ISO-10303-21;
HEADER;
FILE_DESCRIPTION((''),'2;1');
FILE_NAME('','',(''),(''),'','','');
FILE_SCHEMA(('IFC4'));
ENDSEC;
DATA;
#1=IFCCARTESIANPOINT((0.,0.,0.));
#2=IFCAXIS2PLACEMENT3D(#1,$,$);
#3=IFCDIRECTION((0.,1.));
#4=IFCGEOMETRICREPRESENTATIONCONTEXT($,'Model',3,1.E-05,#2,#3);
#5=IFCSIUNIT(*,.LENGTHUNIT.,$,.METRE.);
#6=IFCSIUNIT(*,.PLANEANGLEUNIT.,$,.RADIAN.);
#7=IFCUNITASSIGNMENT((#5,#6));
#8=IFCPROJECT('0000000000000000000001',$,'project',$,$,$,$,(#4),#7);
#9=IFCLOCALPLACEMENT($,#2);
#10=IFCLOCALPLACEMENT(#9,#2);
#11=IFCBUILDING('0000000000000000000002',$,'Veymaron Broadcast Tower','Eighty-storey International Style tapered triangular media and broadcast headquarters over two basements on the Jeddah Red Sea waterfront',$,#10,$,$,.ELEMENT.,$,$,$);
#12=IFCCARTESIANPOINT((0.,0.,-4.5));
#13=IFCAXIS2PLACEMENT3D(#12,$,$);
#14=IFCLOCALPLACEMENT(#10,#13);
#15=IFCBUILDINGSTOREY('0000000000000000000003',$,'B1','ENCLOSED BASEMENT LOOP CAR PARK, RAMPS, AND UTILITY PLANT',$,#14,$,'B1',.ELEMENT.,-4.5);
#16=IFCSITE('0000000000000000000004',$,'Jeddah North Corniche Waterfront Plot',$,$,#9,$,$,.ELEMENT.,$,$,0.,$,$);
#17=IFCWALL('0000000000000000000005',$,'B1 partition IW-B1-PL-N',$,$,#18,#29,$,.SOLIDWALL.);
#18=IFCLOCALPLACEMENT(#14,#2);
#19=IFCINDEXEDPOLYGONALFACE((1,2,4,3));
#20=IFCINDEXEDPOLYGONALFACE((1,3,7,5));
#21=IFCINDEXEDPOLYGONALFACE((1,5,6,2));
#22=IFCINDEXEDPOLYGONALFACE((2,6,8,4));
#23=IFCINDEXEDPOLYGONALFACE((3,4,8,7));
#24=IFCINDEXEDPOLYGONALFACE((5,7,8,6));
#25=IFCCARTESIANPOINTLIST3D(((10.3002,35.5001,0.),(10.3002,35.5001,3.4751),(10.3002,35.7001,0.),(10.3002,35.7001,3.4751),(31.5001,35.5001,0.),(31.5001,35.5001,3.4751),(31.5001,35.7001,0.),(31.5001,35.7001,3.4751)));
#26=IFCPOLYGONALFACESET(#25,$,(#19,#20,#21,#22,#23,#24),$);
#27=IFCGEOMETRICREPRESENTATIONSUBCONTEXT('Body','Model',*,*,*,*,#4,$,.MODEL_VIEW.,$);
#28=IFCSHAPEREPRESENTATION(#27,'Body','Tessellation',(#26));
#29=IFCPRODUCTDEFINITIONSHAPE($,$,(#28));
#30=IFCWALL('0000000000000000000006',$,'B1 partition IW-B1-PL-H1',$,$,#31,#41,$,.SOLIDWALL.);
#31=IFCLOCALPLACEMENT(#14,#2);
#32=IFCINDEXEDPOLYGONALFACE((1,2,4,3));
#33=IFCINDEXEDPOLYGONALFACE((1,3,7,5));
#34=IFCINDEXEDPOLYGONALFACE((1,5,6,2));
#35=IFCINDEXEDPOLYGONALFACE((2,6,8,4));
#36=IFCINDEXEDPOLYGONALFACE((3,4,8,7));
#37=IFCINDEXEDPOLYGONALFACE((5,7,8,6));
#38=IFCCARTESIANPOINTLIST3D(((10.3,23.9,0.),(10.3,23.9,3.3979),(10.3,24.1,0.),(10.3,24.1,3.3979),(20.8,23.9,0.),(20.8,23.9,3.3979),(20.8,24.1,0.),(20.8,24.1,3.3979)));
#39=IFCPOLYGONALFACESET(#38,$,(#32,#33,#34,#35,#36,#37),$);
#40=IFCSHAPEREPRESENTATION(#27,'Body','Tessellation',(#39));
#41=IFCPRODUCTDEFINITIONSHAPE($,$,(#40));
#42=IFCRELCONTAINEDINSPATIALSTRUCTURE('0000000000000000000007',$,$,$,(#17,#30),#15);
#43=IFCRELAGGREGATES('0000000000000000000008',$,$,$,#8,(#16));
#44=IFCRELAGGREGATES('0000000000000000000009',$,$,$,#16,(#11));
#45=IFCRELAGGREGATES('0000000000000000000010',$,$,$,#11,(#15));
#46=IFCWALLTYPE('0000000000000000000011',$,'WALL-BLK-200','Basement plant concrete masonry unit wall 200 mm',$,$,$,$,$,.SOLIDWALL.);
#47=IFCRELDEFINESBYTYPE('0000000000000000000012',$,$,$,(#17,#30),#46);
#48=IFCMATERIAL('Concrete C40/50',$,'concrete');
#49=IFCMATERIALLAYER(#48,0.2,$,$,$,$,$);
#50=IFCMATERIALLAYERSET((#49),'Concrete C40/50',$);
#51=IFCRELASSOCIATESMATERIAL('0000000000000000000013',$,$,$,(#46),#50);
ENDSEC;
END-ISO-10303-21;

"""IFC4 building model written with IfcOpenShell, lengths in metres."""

from ifc_helpers import new_model, si_unit, direction, frame, frame_2d, origin, place, context, subcontext, project, spatial, rectangle, extrude, material, layer, layer_set, type_object, element, save


model = new_model("IFC4")

# Units and contexts
model_context = context("Model", 3, precision=1e-05, world=origin(), true_north=direction((0.0, 1.0)))
body_context = subcontext(model_context, "Body", "Model", "MODEL_VIEW")
ifc_project = project(units=[si_unit("LENGTHUNIT", "METRE"), si_unit("PLANEANGLEUNIT", "RADIAN")], contexts=[model_context])

# Site, building, storey
site_placement = place(None, origin())
site = spatial("IfcSite", under=ifc_project, at=site_placement, Name="Jeddah North Corniche Waterfront Plot", CompositionType="ELEMENT", RefElevation=0.0)
building_placement = place(site_placement, origin())
building = spatial("IfcBuilding", under=site, at=building_placement, Name="Veymaron Broadcast Tower", Description="Eighty-storey International Style tapered triangular media and broadcast headquarters over two basements on the Jeddah Red Sea waterfront", CompositionType="ELEMENT")
storey_placement = place(building_placement, frame((0.0, 0.0, -4.5)))
storey = spatial("IfcBuildingStorey", under=building, at=storey_placement, Name="B1", Description="ENCLOSED BASEMENT LOOP CAR PARK, RAMPS, AND UTILITY PLANT", LongName="B1", CompositionType="ELEMENT", Elevation=-4.5)

# Walls
ifc_material_1 = material(Name="Concrete C40/50", Category="concrete")
ifc_layer = layer(ifc_material_1, 0.2)
ifc_layer_set = layer_set([ifc_layer], Name="Concrete C40/50")
wall_type = type_object("IfcWallType", Name="WALL-BLK-200", Description="Basement plant concrete masonry unit wall 200 mm", PredefinedType="SOLIDWALL", material=ifc_layer_set)
wall_1_placement = place(storey_placement, frame((10.3, 35.6001, 0.0), z_axis=(0.0, 0.0, 1.0), x_axis=(1.0, 0.0, 0.0)))
element("IfcWall", 1, at=wall_1_placement, inside=storey, type_object=wall_type, Name="B1 partition IW-B1-PL-N", PredefinedType="SOLIDWALL", context=body_context, shape_type="SweptSolid", body=[
    extrude(rectangle(XDim=21.2, YDim=0.2, at=frame_2d((10.6001, 0.0))), origin(), (0.0, 0.0, 1.0), 3.4751),
])
wall_2_placement = place(storey_placement, frame((10.3, 24.0, 0.0), z_axis=(0.0, 0.0, 1.0), x_axis=(1.0, 0.0, 0.0)))
element("IfcWall", 2, at=wall_2_placement, inside=storey, type_object=wall_type, Name="B1 partition IW-B1-PL-H1", PredefinedType="SOLIDWALL", context=body_context, shape_type="SweptSolid", body=[
    extrude(rectangle(XDim=10.5, YDim=0.2, at=frame_2d((5.25, 0.0))), origin(), (0.0, 0.0, 1.0), 3.3979),
])

save(model, "model.ifc")
